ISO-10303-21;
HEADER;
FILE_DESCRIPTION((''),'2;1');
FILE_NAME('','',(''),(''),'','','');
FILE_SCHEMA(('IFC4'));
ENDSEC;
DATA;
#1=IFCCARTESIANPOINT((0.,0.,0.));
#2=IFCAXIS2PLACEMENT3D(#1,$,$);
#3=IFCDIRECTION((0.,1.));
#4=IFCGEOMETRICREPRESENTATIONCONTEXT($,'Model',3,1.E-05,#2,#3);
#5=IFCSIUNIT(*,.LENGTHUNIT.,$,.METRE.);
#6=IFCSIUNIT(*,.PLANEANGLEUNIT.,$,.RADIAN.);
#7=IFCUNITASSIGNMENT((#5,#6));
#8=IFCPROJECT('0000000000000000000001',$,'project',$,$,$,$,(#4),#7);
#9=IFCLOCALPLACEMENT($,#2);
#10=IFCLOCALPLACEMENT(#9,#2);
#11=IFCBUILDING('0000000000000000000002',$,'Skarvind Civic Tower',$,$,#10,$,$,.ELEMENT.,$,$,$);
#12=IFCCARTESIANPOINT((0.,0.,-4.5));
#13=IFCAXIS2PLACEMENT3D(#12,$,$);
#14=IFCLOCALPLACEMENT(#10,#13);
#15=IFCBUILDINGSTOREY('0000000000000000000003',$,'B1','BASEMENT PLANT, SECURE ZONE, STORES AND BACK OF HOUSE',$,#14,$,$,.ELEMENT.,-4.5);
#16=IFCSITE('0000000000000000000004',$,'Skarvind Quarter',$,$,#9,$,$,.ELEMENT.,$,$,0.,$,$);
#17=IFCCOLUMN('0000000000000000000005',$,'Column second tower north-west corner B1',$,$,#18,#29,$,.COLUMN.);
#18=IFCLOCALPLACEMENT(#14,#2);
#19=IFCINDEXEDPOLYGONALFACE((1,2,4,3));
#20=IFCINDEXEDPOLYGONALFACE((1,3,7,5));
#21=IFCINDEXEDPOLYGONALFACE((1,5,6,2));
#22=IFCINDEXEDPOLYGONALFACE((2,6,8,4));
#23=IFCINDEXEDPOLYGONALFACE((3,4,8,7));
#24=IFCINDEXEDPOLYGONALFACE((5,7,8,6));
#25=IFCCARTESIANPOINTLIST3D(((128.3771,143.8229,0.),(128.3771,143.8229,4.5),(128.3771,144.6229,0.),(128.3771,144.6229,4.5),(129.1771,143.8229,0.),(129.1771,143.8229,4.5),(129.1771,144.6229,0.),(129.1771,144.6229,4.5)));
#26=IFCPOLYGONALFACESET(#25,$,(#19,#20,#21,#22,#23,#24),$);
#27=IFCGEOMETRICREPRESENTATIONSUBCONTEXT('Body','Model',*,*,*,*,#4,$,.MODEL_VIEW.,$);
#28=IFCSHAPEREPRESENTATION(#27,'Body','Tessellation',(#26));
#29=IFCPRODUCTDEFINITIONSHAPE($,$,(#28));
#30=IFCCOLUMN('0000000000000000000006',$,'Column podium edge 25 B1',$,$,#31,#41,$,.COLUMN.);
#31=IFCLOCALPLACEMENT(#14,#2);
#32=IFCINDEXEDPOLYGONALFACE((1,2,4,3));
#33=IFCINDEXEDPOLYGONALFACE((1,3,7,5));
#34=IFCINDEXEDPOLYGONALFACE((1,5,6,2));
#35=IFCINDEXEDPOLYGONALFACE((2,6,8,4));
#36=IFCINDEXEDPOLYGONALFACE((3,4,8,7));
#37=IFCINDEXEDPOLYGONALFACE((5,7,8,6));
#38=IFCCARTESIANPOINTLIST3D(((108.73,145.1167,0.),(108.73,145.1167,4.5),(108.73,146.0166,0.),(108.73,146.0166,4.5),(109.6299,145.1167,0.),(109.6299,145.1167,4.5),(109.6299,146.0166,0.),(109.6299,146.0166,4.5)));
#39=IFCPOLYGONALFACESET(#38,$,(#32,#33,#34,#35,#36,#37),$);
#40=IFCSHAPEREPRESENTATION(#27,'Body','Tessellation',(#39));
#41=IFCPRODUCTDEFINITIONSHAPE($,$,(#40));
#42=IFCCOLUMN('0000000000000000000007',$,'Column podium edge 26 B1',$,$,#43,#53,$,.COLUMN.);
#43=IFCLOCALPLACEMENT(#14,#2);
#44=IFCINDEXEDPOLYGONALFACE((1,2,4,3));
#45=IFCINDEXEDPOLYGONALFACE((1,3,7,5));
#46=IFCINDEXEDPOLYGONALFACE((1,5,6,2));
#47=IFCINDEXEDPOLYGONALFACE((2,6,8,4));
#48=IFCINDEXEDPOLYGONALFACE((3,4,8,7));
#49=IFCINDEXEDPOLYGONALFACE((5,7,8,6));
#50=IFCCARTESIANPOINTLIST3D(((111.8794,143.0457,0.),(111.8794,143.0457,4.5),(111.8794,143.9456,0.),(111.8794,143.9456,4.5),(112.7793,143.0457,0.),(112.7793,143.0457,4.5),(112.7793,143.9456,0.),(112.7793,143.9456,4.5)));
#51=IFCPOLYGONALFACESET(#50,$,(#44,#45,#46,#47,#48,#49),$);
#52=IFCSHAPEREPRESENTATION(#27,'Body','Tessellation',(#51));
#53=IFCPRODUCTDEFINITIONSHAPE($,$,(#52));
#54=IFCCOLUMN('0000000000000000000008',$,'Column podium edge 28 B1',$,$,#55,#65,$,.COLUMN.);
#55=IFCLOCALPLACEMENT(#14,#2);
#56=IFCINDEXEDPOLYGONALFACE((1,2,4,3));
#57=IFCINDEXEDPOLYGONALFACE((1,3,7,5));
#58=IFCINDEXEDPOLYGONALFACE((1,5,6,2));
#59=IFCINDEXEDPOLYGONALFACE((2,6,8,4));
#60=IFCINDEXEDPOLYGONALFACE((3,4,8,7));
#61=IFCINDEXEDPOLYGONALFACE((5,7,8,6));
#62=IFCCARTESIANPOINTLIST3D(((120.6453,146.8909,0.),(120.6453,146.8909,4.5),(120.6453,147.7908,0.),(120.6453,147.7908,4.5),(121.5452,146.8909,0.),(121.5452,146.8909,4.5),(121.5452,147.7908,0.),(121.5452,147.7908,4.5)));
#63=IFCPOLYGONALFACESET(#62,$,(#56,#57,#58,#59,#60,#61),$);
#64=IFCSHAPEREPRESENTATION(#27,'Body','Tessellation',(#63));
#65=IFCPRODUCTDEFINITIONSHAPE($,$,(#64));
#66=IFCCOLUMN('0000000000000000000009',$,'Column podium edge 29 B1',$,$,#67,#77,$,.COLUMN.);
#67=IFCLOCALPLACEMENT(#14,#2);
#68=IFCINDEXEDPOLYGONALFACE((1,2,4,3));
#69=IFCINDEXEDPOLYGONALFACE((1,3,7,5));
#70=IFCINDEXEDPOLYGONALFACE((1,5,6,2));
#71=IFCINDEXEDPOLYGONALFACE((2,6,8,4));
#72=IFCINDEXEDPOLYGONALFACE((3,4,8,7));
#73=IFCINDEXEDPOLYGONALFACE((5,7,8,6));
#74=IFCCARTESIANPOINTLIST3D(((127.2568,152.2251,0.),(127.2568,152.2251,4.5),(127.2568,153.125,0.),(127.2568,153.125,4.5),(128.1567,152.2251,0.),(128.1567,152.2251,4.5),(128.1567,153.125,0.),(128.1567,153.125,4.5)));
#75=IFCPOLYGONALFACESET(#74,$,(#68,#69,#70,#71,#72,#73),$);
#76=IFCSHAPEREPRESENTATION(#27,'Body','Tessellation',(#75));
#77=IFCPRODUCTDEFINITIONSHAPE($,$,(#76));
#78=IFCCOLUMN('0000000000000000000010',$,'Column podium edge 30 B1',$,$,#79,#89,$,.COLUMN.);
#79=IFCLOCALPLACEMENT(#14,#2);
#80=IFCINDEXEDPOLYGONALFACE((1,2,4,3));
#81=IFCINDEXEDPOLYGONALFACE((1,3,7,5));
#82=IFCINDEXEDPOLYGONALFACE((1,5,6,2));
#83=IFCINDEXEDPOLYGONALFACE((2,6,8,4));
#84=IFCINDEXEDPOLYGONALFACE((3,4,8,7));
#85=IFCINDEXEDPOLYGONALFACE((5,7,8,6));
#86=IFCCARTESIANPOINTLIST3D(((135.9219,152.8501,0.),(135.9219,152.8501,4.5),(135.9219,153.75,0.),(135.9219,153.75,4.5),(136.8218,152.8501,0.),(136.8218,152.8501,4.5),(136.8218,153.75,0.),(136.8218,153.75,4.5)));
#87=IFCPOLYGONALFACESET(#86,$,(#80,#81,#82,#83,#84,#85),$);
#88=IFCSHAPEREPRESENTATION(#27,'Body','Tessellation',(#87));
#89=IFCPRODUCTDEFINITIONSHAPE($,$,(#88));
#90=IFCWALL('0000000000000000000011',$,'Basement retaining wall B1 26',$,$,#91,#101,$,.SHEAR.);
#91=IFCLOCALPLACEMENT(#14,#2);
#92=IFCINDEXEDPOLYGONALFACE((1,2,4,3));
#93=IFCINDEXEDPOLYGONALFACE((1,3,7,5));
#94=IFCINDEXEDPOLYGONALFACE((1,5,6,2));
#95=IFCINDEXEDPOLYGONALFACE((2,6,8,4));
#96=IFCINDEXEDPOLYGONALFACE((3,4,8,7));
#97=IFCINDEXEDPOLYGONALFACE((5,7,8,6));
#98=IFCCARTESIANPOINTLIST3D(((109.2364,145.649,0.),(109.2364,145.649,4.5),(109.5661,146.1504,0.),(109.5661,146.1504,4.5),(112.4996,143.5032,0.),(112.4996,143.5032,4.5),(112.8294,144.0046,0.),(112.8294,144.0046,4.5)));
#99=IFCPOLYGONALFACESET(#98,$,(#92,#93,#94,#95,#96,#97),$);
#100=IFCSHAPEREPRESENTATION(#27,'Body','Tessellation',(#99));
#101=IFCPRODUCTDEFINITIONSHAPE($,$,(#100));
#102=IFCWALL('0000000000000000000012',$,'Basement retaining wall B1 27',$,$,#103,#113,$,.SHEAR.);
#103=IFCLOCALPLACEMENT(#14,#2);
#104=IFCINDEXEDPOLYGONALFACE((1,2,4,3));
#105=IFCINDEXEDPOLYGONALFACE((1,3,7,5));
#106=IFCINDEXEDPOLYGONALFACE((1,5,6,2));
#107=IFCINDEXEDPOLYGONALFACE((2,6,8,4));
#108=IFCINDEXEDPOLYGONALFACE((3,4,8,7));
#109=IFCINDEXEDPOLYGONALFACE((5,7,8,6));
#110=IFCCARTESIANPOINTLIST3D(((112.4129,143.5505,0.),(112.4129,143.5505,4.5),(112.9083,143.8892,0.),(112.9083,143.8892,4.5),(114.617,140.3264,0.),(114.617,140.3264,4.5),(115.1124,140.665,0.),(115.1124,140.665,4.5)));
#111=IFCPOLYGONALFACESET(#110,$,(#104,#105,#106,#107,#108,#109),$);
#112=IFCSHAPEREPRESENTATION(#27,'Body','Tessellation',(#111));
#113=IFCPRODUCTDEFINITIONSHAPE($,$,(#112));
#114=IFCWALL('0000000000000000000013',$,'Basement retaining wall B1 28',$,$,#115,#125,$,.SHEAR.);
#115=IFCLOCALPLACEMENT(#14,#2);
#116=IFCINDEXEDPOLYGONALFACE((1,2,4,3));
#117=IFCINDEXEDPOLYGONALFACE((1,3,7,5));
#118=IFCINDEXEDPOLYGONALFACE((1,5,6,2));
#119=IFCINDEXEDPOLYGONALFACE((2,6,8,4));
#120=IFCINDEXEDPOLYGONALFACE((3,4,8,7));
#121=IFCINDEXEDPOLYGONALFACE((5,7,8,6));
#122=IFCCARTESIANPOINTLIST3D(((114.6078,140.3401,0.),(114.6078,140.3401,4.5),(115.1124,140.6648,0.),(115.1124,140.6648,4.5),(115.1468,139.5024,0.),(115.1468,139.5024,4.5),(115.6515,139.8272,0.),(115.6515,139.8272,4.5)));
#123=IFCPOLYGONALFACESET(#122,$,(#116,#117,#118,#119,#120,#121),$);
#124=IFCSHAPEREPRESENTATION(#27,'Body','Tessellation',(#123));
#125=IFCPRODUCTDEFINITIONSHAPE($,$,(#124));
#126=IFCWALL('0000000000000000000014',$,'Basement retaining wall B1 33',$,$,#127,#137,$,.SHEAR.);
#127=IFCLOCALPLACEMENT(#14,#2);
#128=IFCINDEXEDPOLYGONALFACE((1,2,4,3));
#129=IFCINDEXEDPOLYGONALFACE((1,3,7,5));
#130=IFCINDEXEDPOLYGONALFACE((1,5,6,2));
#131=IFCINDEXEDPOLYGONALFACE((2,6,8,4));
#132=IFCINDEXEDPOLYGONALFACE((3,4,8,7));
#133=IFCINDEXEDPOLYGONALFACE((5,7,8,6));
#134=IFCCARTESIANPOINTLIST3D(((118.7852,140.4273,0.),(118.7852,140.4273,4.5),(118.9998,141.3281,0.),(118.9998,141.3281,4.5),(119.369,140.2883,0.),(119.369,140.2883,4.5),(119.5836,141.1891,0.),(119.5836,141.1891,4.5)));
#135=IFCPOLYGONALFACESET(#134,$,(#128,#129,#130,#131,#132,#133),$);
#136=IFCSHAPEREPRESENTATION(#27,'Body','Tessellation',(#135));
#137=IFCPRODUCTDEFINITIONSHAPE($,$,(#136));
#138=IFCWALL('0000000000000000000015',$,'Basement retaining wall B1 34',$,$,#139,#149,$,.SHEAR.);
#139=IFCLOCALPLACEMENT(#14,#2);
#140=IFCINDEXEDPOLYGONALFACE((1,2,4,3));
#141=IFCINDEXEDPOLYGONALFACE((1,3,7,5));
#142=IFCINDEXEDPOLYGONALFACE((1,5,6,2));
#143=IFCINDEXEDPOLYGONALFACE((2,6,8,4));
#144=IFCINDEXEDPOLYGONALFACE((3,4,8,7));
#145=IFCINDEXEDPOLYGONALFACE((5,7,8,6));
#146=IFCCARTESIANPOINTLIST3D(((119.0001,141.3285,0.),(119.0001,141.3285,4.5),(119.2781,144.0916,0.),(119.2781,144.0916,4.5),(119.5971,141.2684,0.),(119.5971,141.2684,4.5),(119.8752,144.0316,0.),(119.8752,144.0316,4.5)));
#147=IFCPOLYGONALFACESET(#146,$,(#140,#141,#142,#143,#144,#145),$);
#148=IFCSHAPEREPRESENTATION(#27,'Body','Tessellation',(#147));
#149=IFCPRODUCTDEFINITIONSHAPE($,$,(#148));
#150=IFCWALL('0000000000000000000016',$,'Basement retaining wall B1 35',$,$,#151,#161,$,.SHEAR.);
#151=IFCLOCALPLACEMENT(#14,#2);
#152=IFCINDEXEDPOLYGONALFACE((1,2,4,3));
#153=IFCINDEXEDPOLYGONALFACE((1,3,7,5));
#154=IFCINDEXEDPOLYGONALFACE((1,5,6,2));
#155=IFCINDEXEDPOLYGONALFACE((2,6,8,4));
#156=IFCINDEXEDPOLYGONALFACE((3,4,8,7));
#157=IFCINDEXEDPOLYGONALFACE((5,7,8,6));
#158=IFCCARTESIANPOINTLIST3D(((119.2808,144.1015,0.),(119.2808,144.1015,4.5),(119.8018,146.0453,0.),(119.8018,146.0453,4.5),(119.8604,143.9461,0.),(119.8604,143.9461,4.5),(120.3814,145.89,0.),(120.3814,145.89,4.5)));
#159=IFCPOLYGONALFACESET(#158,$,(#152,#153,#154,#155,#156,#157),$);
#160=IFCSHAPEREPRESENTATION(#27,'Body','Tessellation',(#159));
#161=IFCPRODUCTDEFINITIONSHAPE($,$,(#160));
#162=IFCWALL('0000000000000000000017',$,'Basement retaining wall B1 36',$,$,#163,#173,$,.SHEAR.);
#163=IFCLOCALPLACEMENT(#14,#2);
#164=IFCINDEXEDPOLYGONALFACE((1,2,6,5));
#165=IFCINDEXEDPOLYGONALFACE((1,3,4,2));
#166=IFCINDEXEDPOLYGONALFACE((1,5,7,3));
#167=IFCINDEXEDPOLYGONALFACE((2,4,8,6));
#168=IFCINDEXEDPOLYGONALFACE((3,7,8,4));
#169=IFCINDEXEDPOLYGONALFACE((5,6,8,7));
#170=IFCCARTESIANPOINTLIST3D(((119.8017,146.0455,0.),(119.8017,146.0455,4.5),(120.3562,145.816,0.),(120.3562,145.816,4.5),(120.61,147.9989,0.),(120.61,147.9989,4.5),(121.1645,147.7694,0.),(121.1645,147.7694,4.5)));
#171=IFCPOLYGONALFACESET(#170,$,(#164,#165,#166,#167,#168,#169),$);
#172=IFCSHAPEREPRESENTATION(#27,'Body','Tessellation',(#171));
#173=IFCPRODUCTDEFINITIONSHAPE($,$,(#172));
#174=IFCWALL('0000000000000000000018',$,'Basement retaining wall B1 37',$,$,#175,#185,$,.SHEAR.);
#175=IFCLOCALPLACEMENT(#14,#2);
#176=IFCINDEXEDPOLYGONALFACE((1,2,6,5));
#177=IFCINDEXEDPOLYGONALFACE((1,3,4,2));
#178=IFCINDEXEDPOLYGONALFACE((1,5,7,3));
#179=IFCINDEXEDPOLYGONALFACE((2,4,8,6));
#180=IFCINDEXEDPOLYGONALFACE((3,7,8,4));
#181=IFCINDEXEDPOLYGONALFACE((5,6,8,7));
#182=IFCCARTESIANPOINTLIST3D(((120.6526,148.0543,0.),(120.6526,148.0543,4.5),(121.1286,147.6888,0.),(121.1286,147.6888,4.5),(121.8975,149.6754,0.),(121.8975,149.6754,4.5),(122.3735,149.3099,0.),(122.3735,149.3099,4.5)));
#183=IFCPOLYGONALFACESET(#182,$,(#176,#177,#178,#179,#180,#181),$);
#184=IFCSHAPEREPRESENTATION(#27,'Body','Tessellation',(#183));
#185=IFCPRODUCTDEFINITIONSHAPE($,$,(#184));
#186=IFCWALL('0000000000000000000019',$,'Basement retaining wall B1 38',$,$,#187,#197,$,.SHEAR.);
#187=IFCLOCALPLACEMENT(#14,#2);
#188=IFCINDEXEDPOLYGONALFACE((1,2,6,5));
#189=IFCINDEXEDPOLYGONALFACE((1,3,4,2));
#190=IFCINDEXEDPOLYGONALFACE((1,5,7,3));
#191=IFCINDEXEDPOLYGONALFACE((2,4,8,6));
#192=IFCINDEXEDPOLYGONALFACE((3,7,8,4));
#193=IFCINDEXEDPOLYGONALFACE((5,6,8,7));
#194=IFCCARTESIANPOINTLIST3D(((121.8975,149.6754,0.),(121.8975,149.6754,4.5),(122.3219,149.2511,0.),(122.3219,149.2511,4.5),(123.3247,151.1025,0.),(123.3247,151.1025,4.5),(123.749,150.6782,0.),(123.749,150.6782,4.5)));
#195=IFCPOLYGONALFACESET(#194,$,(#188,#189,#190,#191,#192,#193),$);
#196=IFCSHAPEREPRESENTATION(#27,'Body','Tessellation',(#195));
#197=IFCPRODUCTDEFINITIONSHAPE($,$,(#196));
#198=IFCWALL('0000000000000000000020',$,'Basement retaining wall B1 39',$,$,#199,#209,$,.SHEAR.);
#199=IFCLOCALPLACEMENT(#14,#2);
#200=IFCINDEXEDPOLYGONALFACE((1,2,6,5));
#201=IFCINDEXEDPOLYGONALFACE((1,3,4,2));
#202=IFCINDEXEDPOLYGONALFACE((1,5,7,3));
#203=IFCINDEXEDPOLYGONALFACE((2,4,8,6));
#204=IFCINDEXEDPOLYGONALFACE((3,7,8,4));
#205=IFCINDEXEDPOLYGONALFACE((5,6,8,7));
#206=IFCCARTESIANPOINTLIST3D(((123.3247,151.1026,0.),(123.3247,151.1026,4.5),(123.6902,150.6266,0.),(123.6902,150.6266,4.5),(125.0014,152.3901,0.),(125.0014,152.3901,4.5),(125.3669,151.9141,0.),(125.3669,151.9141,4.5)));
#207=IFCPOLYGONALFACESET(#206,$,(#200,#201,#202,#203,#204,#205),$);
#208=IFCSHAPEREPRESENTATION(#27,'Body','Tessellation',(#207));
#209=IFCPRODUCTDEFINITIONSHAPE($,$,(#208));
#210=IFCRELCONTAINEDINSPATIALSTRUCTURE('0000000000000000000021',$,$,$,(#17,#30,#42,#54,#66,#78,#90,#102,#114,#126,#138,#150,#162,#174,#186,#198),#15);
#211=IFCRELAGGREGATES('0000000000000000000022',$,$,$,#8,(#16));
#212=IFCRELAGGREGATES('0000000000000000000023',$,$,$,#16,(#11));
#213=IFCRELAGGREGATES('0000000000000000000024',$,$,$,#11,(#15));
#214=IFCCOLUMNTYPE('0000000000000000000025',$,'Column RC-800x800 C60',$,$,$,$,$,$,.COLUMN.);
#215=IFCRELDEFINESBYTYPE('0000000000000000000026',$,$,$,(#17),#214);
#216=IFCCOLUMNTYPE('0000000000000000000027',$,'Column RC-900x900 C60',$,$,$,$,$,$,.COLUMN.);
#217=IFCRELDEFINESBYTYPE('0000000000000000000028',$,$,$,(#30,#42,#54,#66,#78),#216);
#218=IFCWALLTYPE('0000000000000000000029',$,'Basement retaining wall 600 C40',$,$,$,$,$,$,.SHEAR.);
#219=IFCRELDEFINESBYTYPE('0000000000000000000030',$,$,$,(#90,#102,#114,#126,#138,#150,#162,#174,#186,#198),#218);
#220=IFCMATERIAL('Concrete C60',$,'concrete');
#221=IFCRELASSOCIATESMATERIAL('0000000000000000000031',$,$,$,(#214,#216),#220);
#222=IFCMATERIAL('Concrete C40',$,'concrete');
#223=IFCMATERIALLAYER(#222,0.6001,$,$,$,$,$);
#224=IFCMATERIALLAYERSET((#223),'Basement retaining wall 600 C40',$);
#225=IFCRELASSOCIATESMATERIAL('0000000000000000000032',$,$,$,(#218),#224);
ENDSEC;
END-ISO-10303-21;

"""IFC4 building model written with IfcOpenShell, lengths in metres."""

from ifc_helpers import new_model, si_unit, direction, frame, frame_2d, origin, origin_2d, place, context, subcontext, project, spatial, rectangle, extrude, material, layer, layer_set, material_profile, profile_set, type_object, element, save


model = new_model("IFC4")

# Units and contexts
model_context = context("Model", 3, precision=1e-05, world=origin(), true_north=direction((0.0, 1.0)))
body_context = subcontext(model_context, "Body", "Model", "MODEL_VIEW")
ifc_project = project(units=[si_unit("LENGTHUNIT", "METRE"), si_unit("PLANEANGLEUNIT", "RADIAN")], contexts=[model_context])

# Site, building, storey
site_placement = place(None, origin())
site = spatial("IfcSite", under=ifc_project, at=site_placement, Name="Skarvind Quarter", CompositionType="ELEMENT", RefElevation=0.0)
building_placement = place(site_placement, origin())
building = spatial("IfcBuilding", under=site, at=building_placement, Name="Skarvind Civic Tower", CompositionType="ELEMENT")
storey_placement = place(building_placement, frame((0.0, 0.0, -4.5)))
storey = spatial("IfcBuildingStorey", under=building, at=storey_placement, Name="B1", Description="BASEMENT PLANT, SECURE ZONE, STORES AND BACK OF HOUSE", CompositionType="ELEMENT", Elevation=-4.5)

# Columns
ifc_material_1 = material(Name="Concrete C60", Category="concrete")
ifc_material_profile_1 = material_profile(ifc_material_1, rectangle(XDim=0.8, YDim=0.8, at=origin_2d()), Name="RC-800x800")
ifc_profile_set_1 = profile_set([ifc_material_profile_1], Name="Concrete C60")
column_type_1 = type_object("IfcColumnType", Name="Column RC-800x800 C60", PredefinedType="COLUMN", material=ifc_profile_set_1)
column_placement = place(storey_placement, frame((128.7771, 144.2229, 0.0), z_axis=(0.0, 0.0, 1.0), x_axis=(1.0, 0.0, 0.0)))
element("IfcColumn", 1, at=column_placement, inside=storey, type_object=column_type_1, Name="Column second tower north-west corner B1", PredefinedType="COLUMN", context=body_context, shape_type="SweptSolid", body=[
    extrude(rectangle(XDim=0.8, YDim=0.8, at=origin_2d()), origin(), (0.0, 0.0, 1.0), 4.5),
])
ifc_material_profile_2 = material_profile(ifc_material_1, rectangle(XDim=0.8999, YDim=0.8999, at=origin_2d()), Name="RC-900x900")
ifc_profile_set_2 = profile_set([ifc_material_profile_2], Name="Concrete C60")
column_type_2 = type_object("IfcColumnType", Name="Column RC-900x900 C60", PredefinedType="COLUMN", material=ifc_profile_set_2)
for number, where, z_axis, x_axis, name in (
    (2, (109.1799, 145.5667, 0.0), (0.0, 0.0, 1.0), (1.0, 0.0, 0.0), "Column podium edge 25 B1"),
    (3, (112.3293, 143.4956, 0.0), (0.0, 0.0, 1.0), (1.0, 0.0, 0.0), "Column podium edge 26 B1"),
    (4, (121.0952, 147.3408, 0.0), (0.0, 0.0, 1.0), (1.0, 0.0, 0.0), "Column podium edge 28 B1"),
    (5, (127.7068, 152.675, 0.0), (0.0, 0.0, 1.0), (1.0, 0.0, 0.0), "Column podium edge 29 B1"),
    (6, (136.3718, 153.3, 0.0), (0.0, 0.0, 1.0), (1.0, 0.0, 0.0), "Column podium edge 30 B1"),
):
    element("IfcColumn", number, at=place(storey_placement, frame(where, z_axis=z_axis, x_axis=x_axis)), inside=storey, type_object=column_type_2, Name=name, PredefinedType="COLUMN", context=body_context, shape_type="SweptSolid", body=[
        extrude(rectangle(XDim=0.8999, YDim=0.8999, at=origin_2d()), origin(), (0.0, 0.0, 1.0), 4.5),
    ])

# Walls
ifc_material_2 = material(Name="Concrete C40", Category="concrete")
ifc_layer_1 = layer(ifc_material_2, 0.6001)
ifc_layer_set_1 = layer_set([ifc_layer_1], Name="Basement retaining wall 600 C40")
wall_type_1 = type_object("IfcWallType", Name="Basement retaining wall 600 C40", PredefinedType="SHEAR", material=ifc_layer_set_1)
for number, where, z_axis, x_axis, name in (
    (7, (109.4014, 145.8997, 0.0), (0.0, 0.0, 1.0), (0.835544, -0.549424, 0.0), "Basement retaining wall B1 26"),
    (8, (112.6606, 143.7197, 0.0), (0.0, 0.0, 1.0), (0.564357, -0.825531, 0.0), "Basement retaining wall B1 27"),
):
    element("IfcWall", number, at=place(storey_placement, frame(where, z_axis=z_axis, x_axis=x_axis)), inside=storey, type_object=wall_type_1, Name=name, PredefinedType="SHEAR", context=body_context, shape_type="SweptSolid", body=[
        extrude(rectangle(XDim=3.9055, YDim=0.6001, at=frame_2d((1.9526, 0.0))), origin(), (0.0, 0.0, 1.0), 4.5),
    ])
wall_1_placement = place(storey_placement, frame((114.8601, 140.5024, 0.0), z_axis=(0.0, 0.0, 1.0), x_axis=(0.541166, -0.840916, 0.0)))
element("IfcWall", 9, at=wall_1_placement, inside=storey, type_object=wall_type_1, Name="Basement retaining wall B1 28", PredefinedType="SHEAR", context=body_context, shape_type="SweptSolid", body=[
    extrude(rectangle(XDim=0.9961, YDim=0.6001, at=frame_2d((0.498, 0.0))), origin(), (0.0, 0.0, 1.0), 4.5),
])
wall_2_placement = place(storey_placement, frame((119.0771, 140.3579, 0.0), z_axis=(0.0, 0.0, 1.0), x_axis=(0.231727, 0.972781, 0.0)))
element("IfcWall", 10, at=wall_2_placement, inside=storey, type_object=wall_type_1, Name="Basement retaining wall B1 33", PredefinedType="SHEAR", context=body_context, shape_type="SweptSolid", body=[
    extrude(rectangle(XDim=0.926, YDim=0.6001, at=frame_2d((0.4629, 0.0))), origin(), (0.0, 0.0, 1.0), 4.5),
])
wall_3_placement = place(storey_placement, frame((119.2986, 141.2983, 0.0), z_axis=(0.0, 0.0, 1.0), x_axis=(0.10013, 0.994974, 0.0)))
element("IfcWall", 11, at=wall_3_placement, inside=storey, type_object=wall_type_1, Name="Basement retaining wall B1 34", PredefinedType="SHEAR", context=body_context, shape_type="SweptSolid", body=[
    extrude(rectangle(XDim=2.7771, YDim=0.6001, at=frame_2d((1.3887, 0.0))), origin(), (0.0, 0.0, 1.0), 4.5),
])
wall_4_placement = place(storey_placement, frame((119.5706, 144.0237, 0.0), z_axis=(0.0, 0.0, 1.0), x_axis=(0.258886, 0.965908, 0.0)))
element("IfcWall", 12, at=wall_4_placement, inside=storey, type_object=wall_type_1, Name="Basement retaining wall B1 35", PredefinedType="SHEAR", context=body_context, shape_type="SweptSolid", body=[
    extrude(rectangle(XDim=2.0125, YDim=0.6001, at=frame_2d((1.0063, 0.0))), origin(), (0.0, 0.0, 1.0), 4.5),
])
wall_5_placement = place(storey_placement, frame((120.0789, 145.9307, 0.0), z_axis=(0.0, 0.0, 1.0), x_axis=(0.382376, 0.924007, 0.0)))
element("IfcWall", 13, at=wall_5_placement, inside=storey, type_object=wall_type_1, Name="Basement retaining wall B1 36", PredefinedType="SHEAR", context=body_context, shape_type="SweptSolid", body=[
    extrude(rectangle(XDim=2.114, YDim=0.6001, at=frame_2d((1.0571, 0.0))), origin(), (0.0, 0.0, 1.0), 4.5),
])
wall_6_placement = place(storey_placement, frame((120.8906, 147.8716, 0.0), z_axis=(0.0, 0.0, 1.0), x_axis=(0.609058, 0.793125, 0.0)))
element("IfcWall", 14, at=wall_6_placement, inside=storey, type_object=wall_type_1, Name="Basement retaining wall B1 37", PredefinedType="SHEAR", context=body_context, shape_type="SweptSolid", body=[
    extrude(rectangle(XDim=2.0439, YDim=0.6001, at=frame_2d((1.022, 0.0))), origin(), (0.0, 0.0, 1.0), 4.5),
])
wall_7_placement = place(storey_placement, frame((122.1096, 149.4631, 0.0), z_axis=(0.0, 0.0, 1.0), x_axis=(0.707107, 0.707107, 0.0)))
element("IfcWall", 15, at=wall_7_placement, inside=storey, type_object=wall_type_1, Name="Basement retaining wall B1 38", PredefinedType="SHEAR", context=body_context, shape_type="SweptSolid", body=[
    extrude(rectangle(XDim=2.0183, YDim=0.6001, at=frame_2d((1.0093, 0.0))), origin(), (0.0, 0.0, 1.0), 4.5),
])
wall_8_placement = place(storey_placement, frame((123.5073, 150.8645, 0.0), z_axis=(0.0, 0.0, 1.0), x_axis=(0.79313, 0.609052, 0.0)))
element("IfcWall", 16, at=wall_8_placement, inside=storey, type_object=wall_type_1, Name="Basement retaining wall B1 39", PredefinedType="SHEAR", context=body_context, shape_type="SweptSolid", body=[
    extrude(rectangle(XDim=2.114, YDim=0.6001, at=frame_2d((1.0571, 0.0))), origin(), (0.0, 0.0, 1.0), 4.5),
])

save(model, "model.ifc")
